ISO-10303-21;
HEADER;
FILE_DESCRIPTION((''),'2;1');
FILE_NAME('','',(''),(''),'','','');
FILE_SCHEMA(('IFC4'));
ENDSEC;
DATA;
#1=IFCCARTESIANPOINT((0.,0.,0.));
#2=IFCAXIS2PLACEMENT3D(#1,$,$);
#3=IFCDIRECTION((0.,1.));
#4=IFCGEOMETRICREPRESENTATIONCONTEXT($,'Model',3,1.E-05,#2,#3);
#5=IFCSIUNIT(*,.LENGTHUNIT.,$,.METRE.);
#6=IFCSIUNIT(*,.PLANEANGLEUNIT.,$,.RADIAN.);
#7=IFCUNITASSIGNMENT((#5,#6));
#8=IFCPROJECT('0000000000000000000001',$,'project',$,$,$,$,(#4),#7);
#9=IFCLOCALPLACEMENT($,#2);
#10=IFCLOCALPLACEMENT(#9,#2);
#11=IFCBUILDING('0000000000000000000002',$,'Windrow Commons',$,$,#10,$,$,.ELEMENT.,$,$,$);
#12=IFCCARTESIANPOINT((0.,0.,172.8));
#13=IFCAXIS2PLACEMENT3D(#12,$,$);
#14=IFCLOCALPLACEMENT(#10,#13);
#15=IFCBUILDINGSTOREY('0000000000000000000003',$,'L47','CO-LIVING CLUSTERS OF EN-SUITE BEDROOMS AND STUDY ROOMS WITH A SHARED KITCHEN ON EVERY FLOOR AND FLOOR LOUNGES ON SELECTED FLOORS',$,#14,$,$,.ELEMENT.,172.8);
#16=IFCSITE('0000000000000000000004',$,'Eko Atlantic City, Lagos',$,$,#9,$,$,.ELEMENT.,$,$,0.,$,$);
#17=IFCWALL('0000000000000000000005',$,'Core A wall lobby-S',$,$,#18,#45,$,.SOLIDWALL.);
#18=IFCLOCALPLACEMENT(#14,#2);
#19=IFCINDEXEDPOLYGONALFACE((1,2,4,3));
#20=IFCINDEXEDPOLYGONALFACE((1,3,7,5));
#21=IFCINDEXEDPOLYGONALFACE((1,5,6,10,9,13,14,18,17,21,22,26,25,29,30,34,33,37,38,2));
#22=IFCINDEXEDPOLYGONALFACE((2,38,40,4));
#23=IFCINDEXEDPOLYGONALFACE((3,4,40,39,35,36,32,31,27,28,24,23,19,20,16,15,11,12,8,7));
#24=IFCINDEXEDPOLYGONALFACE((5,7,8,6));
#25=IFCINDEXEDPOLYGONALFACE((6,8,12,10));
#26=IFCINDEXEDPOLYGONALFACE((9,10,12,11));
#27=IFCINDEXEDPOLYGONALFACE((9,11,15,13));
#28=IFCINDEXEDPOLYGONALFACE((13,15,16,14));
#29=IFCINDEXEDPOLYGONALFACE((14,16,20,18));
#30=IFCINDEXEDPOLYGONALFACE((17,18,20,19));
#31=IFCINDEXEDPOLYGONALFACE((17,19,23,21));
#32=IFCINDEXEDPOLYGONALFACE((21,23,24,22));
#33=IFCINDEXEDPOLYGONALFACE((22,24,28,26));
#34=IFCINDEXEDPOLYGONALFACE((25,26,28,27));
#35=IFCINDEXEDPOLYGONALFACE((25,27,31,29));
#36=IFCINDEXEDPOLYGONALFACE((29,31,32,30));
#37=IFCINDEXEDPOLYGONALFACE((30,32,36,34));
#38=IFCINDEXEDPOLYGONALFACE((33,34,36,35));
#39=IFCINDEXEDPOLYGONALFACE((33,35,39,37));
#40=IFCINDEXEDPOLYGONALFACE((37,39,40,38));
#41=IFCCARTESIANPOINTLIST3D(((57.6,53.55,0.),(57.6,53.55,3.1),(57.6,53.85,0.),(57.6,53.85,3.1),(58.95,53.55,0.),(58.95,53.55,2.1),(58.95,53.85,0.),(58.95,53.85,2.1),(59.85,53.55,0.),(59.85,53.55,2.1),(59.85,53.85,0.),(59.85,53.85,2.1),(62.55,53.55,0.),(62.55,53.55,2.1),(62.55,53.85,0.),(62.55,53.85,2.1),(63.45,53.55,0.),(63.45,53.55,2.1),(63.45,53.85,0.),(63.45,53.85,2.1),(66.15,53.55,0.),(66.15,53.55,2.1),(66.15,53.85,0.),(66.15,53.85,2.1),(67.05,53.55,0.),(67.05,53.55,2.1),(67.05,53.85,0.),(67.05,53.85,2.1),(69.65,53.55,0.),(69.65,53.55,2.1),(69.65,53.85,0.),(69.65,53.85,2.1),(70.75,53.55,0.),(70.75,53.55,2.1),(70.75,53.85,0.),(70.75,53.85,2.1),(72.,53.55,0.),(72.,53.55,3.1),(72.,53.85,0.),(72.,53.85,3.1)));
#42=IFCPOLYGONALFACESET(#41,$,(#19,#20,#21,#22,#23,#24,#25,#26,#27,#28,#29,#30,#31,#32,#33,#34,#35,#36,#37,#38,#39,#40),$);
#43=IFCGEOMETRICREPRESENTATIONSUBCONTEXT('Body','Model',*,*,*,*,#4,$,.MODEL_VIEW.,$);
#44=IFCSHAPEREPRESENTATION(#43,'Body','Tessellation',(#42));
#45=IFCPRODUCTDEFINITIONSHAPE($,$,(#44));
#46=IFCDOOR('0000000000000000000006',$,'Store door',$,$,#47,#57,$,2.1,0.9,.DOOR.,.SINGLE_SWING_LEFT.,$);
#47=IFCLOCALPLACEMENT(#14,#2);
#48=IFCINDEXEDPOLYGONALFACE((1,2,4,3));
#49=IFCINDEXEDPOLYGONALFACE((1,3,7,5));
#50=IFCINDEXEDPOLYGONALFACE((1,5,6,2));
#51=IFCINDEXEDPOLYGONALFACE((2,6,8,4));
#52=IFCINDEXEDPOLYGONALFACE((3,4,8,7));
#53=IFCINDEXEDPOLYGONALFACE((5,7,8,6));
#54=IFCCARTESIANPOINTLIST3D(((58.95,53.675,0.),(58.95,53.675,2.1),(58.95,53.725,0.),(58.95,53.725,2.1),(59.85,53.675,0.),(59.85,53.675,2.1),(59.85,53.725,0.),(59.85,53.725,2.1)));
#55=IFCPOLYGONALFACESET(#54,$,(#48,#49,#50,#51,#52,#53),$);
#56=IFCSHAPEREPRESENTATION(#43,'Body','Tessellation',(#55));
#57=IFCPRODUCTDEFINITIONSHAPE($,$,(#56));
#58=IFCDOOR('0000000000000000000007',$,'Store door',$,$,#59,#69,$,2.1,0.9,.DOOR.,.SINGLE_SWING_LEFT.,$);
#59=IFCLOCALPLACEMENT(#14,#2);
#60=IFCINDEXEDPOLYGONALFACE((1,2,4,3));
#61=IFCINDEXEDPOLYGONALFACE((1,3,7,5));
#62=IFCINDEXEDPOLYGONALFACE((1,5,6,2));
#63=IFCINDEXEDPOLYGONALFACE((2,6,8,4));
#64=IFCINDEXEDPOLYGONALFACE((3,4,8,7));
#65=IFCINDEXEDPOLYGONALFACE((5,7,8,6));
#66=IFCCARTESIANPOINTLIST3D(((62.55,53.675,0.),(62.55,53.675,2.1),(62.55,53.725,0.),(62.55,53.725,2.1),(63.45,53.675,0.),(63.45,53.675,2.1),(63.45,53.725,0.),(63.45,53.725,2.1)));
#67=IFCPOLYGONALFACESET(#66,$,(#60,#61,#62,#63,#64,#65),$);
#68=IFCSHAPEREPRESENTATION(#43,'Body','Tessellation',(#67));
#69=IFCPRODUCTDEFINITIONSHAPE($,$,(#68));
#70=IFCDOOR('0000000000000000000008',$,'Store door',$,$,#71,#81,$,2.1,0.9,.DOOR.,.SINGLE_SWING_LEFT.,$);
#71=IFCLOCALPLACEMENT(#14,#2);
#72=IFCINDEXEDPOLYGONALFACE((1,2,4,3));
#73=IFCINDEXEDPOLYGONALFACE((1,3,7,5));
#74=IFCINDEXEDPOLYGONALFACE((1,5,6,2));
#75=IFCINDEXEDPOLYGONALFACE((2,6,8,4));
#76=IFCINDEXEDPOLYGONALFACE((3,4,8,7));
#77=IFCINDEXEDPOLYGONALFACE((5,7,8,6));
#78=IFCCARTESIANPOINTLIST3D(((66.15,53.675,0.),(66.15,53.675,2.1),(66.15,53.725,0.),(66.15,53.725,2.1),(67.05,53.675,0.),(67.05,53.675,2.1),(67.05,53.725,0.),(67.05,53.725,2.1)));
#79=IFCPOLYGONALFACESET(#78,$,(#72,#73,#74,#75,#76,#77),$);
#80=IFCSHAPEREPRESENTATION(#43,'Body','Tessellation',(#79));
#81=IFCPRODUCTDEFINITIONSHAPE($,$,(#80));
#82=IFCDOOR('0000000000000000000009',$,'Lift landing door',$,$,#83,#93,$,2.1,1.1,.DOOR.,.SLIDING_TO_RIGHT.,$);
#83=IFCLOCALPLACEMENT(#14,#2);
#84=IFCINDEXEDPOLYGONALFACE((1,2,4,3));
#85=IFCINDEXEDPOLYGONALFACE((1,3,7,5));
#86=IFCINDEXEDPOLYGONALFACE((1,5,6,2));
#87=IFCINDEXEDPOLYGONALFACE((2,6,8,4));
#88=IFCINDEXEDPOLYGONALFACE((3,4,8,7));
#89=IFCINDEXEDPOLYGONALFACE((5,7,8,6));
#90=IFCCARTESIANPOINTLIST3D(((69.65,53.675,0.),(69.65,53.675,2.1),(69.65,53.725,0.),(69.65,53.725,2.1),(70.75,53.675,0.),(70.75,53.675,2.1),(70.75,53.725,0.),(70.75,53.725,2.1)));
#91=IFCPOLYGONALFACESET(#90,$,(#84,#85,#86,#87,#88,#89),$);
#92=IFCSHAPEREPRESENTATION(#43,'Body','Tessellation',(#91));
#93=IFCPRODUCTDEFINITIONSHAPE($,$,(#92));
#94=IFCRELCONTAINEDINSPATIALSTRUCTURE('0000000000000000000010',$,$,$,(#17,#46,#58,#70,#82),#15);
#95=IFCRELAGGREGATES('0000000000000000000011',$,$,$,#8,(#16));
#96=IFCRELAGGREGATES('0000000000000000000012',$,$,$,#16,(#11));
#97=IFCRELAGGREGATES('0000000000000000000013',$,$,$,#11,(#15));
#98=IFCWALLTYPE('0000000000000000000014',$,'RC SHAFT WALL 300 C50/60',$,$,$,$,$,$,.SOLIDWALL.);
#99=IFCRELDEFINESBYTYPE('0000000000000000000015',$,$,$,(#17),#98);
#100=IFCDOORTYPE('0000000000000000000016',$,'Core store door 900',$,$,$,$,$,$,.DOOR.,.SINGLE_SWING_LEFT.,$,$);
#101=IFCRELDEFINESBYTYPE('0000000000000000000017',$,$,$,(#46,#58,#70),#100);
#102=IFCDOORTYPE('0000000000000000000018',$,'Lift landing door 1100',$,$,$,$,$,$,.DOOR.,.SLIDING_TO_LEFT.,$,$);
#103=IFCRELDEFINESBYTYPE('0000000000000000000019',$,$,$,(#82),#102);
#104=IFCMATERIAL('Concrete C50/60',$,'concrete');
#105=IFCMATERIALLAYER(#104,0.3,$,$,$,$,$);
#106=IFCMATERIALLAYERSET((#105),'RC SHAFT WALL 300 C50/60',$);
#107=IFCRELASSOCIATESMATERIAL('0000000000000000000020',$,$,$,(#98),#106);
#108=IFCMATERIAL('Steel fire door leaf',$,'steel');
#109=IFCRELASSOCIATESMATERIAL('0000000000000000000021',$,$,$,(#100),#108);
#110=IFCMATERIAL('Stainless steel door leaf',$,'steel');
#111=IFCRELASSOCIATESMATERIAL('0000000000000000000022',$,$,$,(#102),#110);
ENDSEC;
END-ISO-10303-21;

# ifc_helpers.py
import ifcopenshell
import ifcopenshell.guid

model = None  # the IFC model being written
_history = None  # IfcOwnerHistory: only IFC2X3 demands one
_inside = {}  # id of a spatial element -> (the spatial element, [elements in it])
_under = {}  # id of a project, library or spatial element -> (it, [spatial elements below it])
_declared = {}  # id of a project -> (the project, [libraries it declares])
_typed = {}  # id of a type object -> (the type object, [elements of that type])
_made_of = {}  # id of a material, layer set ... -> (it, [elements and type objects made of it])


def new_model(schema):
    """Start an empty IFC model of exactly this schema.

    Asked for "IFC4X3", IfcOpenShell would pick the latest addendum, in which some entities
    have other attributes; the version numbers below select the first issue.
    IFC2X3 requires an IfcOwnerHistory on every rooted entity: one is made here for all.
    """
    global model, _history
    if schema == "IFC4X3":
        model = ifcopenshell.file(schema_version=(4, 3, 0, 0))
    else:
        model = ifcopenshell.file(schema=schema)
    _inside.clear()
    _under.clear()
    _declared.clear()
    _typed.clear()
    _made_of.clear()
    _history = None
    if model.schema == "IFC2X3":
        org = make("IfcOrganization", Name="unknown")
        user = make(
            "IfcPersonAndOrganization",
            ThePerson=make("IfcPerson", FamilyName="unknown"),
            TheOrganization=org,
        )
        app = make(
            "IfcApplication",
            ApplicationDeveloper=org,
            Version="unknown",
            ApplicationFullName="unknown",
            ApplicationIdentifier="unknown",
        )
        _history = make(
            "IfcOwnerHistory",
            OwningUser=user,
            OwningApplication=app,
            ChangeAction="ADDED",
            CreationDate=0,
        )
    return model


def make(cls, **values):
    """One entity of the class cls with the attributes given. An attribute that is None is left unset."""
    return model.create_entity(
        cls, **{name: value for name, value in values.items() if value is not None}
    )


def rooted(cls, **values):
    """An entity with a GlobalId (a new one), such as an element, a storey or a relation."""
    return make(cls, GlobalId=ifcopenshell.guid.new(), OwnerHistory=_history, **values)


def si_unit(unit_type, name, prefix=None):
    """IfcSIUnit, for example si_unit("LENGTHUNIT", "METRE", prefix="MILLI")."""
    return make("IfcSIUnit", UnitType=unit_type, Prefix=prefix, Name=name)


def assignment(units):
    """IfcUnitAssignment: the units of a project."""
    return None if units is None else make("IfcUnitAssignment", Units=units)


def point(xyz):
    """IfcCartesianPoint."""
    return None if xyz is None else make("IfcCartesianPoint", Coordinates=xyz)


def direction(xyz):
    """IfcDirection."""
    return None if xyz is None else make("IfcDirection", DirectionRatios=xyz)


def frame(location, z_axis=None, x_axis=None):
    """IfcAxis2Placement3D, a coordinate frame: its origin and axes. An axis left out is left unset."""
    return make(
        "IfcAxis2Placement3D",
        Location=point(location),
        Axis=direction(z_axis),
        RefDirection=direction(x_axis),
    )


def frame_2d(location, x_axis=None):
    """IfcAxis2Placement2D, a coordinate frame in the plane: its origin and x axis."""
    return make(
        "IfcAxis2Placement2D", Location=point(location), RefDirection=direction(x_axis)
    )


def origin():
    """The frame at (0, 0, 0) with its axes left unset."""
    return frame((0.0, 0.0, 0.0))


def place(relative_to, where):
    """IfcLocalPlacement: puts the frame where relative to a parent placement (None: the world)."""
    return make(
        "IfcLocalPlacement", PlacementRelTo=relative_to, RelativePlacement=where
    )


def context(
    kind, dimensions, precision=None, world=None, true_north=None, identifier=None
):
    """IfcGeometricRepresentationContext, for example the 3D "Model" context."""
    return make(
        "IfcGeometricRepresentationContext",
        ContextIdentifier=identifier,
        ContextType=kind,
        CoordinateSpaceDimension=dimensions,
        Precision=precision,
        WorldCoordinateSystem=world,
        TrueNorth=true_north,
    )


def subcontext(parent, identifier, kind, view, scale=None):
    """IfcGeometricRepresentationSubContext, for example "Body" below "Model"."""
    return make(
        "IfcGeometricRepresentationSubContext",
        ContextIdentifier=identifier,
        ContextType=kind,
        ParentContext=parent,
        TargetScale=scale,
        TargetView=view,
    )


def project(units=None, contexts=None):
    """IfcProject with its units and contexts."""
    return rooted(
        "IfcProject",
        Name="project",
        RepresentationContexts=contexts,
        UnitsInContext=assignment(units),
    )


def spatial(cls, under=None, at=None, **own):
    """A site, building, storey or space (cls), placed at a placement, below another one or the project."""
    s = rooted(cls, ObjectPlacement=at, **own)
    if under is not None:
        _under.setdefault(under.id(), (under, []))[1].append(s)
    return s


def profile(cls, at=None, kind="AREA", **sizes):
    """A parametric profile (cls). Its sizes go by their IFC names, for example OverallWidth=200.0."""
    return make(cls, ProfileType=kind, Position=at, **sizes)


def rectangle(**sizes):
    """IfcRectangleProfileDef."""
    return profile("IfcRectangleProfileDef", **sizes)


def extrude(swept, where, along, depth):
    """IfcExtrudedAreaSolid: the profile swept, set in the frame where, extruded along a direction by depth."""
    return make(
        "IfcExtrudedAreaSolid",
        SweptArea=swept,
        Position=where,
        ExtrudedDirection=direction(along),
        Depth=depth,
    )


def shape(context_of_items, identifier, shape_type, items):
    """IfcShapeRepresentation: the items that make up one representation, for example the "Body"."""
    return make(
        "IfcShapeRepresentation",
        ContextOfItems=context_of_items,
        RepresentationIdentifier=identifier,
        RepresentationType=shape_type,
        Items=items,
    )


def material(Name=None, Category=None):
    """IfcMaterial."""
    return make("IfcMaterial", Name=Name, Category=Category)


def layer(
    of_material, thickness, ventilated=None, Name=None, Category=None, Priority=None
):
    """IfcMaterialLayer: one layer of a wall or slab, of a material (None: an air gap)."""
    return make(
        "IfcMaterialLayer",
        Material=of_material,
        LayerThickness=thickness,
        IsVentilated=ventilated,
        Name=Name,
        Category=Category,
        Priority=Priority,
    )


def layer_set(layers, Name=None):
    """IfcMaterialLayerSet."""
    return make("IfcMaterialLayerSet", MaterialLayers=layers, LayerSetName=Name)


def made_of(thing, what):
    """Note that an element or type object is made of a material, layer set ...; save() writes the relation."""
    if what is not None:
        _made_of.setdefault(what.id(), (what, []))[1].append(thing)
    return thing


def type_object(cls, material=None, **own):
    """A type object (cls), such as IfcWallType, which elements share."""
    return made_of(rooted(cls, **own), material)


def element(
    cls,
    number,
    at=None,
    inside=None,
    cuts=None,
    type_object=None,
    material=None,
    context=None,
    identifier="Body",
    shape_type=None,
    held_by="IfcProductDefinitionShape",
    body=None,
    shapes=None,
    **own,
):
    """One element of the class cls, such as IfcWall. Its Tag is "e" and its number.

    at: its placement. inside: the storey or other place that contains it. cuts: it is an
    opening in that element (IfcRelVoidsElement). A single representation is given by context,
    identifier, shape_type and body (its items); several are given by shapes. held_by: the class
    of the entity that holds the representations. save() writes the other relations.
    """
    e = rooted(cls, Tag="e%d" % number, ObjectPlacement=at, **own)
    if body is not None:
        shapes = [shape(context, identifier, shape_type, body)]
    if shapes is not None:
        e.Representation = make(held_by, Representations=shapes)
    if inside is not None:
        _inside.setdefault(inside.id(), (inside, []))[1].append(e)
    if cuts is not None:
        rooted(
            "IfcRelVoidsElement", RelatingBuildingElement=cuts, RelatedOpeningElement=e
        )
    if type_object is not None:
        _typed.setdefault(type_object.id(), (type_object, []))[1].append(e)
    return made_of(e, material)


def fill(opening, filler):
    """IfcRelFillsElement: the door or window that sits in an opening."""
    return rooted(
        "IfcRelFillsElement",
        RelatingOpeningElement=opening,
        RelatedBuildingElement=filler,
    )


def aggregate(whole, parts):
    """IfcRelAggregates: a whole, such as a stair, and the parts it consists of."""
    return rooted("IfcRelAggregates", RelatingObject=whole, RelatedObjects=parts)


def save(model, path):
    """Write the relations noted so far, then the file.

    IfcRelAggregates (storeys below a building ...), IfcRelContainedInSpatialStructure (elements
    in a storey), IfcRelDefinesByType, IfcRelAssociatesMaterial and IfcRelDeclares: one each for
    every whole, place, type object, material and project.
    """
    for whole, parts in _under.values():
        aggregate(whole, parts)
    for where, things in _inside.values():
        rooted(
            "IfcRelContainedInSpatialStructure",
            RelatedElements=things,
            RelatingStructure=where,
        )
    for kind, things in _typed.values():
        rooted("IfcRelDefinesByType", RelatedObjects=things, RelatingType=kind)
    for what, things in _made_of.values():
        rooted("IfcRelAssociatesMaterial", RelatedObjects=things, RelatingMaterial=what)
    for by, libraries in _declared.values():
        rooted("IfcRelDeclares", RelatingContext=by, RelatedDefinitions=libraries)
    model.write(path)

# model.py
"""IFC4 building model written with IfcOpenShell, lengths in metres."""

from ifc_helpers import new_model, si_unit, direction, frame, frame_2d, origin, place, context, subcontext, project, spatial, rectangle, extrude, material, layer, layer_set, type_object, element, fill, save


model = new_model("IFC4")

# Units and contexts
model_context = context("Model", 3, precision=1e-05, world=origin(), true_north=direction((0.0, 1.0)))
body_context = subcontext(model_context, "Body", "Model", "MODEL_VIEW")
ifc_project = project(units=[si_unit("LENGTHUNIT", "METRE"), si_unit("PLANEANGLEUNIT", "RADIAN")], contexts=[model_context])

# Site, building, storey
site_placement = place(None, origin())
site = spatial("IfcSite", under=ifc_project, at=site_placement, Name="Eko Atlantic City, Lagos", CompositionType="ELEMENT", RefElevation=0.0)
building_placement = place(site_placement, origin())
building = spatial("IfcBuilding", under=site, at=building_placement, Name="Windrow Commons", CompositionType="ELEMENT")
storey_placement = place(building_placement, frame((0.0, 0.0, 172.8)))
storey = spatial("IfcBuildingStorey", under=building, at=storey_placement, Name="L47", Description="CO-LIVING CLUSTERS OF EN-SUITE BEDROOMS AND STUDY ROOMS WITH A SHARED KITCHEN ON EVERY FLOOR AND FLOOR LOUNGES ON SELECTED FLOORS", CompositionType="ELEMENT", Elevation=172.8)

# Shared definitions
ifc_material_1 = material(Name="Concrete C50/60", Category="concrete")
ifc_layer_1 = layer(ifc_material_1, 0.3)
ifc_layer_set_1 = layer_set([ifc_layer_1], Name="RC SHAFT WALL 300 C50/60")
wall_type_1 = type_object("IfcWallType", Name="RC SHAFT WALL 300 C50/60", PredefinedType="SOLIDWALL", material=ifc_layer_set_1)

# Wall, openings, doors
wall_1_placement = place(storey_placement, frame((57.6, 53.7, 0.0), z_axis=(0.0, 0.0, 1.0), x_axis=(1.0, 0.0, 0.0)))
wall_1 = element("IfcWall", 1, at=wall_1_placement, inside=storey, type_object=wall_type_1, Name="Core A wall lobby-S", PredefinedType="SOLIDWALL", context=body_context, shape_type="SweptSolid", body=[
    extrude(rectangle(XDim=14.4, YDim=0.3, at=frame_2d((7.2, 0.0))), origin(), (0.0, 0.0, 1.0), 3.1),
])
opening_1_placement = place(wall_1_placement, frame((1.35, 0.0, 0.0)))
opening_1 = element("IfcOpeningElement", 2, at=opening_1_placement, cuts=wall_1, PredefinedType="OPENING", context=body_context, shape_type="SweptSolid", body=[
    extrude(rectangle(XDim=0.9, YDim=2.1, at=frame_2d((0.45, 1.05))), frame((0.0, 0.16, 0.0), z_axis=(0.0, -1.0, 0.0), x_axis=(1.0, 0.0, 0.0)), (0.0, 0.0, 1.0), 0.32),
])
opening_2_placement = place(wall_1_placement, frame((4.95, 0.0, 0.0)))
opening_2 = element("IfcOpeningElement", 3, at=opening_2_placement, cuts=wall_1, PredefinedType="OPENING", context=body_context, shape_type="SweptSolid", body=[
    extrude(rectangle(XDim=0.9, YDim=2.1, at=frame_2d((0.45, 1.05))), frame((0.0, 0.16, 0.0), z_axis=(0.0, -1.0, 0.0), x_axis=(1.0, 0.0, 0.0)), (0.0, 0.0, 1.0), 0.32),
])
opening_3_placement = place(wall_1_placement, frame((8.55, 0.0, 0.0)))
opening_3 = element("IfcOpeningElement", 4, at=opening_3_placement, cuts=wall_1, PredefinedType="OPENING", context=body_context, shape_type="SweptSolid", body=[
    extrude(rectangle(XDim=0.9, YDim=2.1, at=frame_2d((0.45, 1.05))), frame((0.0, 0.16, 0.0), z_axis=(0.0, -1.0, 0.0), x_axis=(1.0, 0.0, 0.0)), (0.0, 0.0, 1.0), 0.32),
])
opening_4_placement = place(wall_1_placement, frame((12.05, 0.0, 0.0)))
opening_4 = element("IfcOpeningElement", 5, at=opening_4_placement, cuts=wall_1, PredefinedType="OPENING", context=body_context, shape_type="SweptSolid", body=[
    extrude(rectangle(XDim=1.1, YDim=2.1, at=frame_2d((0.55, 1.05))), frame((0.0, 0.16, 0.0), z_axis=(0.0, -1.0, 0.0), x_axis=(1.0, 0.0, 0.0)), (0.0, 0.0, 1.0), 0.32),
])
ifc_material_2 = material(Name="Steel fire door leaf", Category="steel")
door_type_1 = type_object("IfcDoorType", Name="Core store door 900", OperationType="SINGLE_SWING_LEFT", PredefinedType="DOOR", material=ifc_material_2)
door_1_placement = place(opening_1_placement, origin())
door_1 = element("IfcDoor", 6, at=door_1_placement, inside=storey, type_object=door_type_1, Name="Store door", OperationType="SINGLE_SWING_LEFT", OverallHeight=2.1, OverallWidth=0.9, PredefinedType="DOOR", context=body_context, shape_type="SweptSolid", body=[
    extrude(rectangle(XDim=0.9, YDim=2.1, at=frame_2d((0.45, 1.05))), frame((0.0, 0.025, 0.0), z_axis=(0.0, -1.0, 0.0), x_axis=(1.0, 0.0, 0.0)), (0.0, 0.0, 1.0), 0.05),
])
fill(opening_1, door_1)
door_2_placement = place(opening_2_placement, origin())
door_2 = element("IfcDoor", 7, at=door_2_placement, inside=storey, type_object=door_type_1, Name="Store door", OperationType="SINGLE_SWING_LEFT", OverallHeight=2.1, OverallWidth=0.9, PredefinedType="DOOR", context=body_context, shape_type="SweptSolid", body=[
    extrude(rectangle(XDim=0.9, YDim=2.1, at=frame_2d((0.45, 1.05))), frame((0.0, 0.025, 0.0), z_axis=(0.0, -1.0, 0.0), x_axis=(1.0, 0.0, 0.0)), (0.0, 0.0, 1.0), 0.05),
])
fill(opening_2, door_2)
door_3_placement = place(opening_3_placement, origin())
door_3 = element("IfcDoor", 8, at=door_3_placement, inside=storey, type_object=door_type_1, Name="Store door", OperationType="SINGLE_SWING_LEFT", OverallHeight=2.1, OverallWidth=0.9, PredefinedType="DOOR", context=body_context, shape_type="SweptSolid", body=[
    extrude(rectangle(XDim=0.9, YDim=2.1, at=frame_2d((0.45, 1.05))), frame((0.0, 0.025, 0.0), z_axis=(0.0, -1.0, 0.0), x_axis=(1.0, 0.0, 0.0)), (0.0, 0.0, 1.0), 0.05),
])
fill(opening_3, door_3)
ifc_material_3 = material(Name="Stainless steel door leaf", Category="steel")
door_type_2 = type_object("IfcDoorType", Name="Lift landing door 1100", OperationType="SLIDING_TO_LEFT", PredefinedType="DOOR", material=ifc_material_3)
door_4_placement = place(opening_4_placement, origin())
door_4 = element("IfcDoor", 9, at=door_4_placement, inside=storey, type_object=door_type_2, Name="Lift landing door", OperationType="SLIDING_TO_RIGHT", OverallHeight=2.1, OverallWidth=1.1, PredefinedType="DOOR", context=body_context, shape_type="SweptSolid", body=[
    extrude(rectangle(XDim=1.1, YDim=2.1, at=frame_2d((0.55, 1.05))), frame((0.0, 0.025, 0.0), z_axis=(0.0, -1.0, 0.0), x_axis=(1.0, 0.0, 0.0)), (0.0, 0.0, 1.0), 0.05),
])
fill(opening_4, door_4)

save(model, "model.ifc")
